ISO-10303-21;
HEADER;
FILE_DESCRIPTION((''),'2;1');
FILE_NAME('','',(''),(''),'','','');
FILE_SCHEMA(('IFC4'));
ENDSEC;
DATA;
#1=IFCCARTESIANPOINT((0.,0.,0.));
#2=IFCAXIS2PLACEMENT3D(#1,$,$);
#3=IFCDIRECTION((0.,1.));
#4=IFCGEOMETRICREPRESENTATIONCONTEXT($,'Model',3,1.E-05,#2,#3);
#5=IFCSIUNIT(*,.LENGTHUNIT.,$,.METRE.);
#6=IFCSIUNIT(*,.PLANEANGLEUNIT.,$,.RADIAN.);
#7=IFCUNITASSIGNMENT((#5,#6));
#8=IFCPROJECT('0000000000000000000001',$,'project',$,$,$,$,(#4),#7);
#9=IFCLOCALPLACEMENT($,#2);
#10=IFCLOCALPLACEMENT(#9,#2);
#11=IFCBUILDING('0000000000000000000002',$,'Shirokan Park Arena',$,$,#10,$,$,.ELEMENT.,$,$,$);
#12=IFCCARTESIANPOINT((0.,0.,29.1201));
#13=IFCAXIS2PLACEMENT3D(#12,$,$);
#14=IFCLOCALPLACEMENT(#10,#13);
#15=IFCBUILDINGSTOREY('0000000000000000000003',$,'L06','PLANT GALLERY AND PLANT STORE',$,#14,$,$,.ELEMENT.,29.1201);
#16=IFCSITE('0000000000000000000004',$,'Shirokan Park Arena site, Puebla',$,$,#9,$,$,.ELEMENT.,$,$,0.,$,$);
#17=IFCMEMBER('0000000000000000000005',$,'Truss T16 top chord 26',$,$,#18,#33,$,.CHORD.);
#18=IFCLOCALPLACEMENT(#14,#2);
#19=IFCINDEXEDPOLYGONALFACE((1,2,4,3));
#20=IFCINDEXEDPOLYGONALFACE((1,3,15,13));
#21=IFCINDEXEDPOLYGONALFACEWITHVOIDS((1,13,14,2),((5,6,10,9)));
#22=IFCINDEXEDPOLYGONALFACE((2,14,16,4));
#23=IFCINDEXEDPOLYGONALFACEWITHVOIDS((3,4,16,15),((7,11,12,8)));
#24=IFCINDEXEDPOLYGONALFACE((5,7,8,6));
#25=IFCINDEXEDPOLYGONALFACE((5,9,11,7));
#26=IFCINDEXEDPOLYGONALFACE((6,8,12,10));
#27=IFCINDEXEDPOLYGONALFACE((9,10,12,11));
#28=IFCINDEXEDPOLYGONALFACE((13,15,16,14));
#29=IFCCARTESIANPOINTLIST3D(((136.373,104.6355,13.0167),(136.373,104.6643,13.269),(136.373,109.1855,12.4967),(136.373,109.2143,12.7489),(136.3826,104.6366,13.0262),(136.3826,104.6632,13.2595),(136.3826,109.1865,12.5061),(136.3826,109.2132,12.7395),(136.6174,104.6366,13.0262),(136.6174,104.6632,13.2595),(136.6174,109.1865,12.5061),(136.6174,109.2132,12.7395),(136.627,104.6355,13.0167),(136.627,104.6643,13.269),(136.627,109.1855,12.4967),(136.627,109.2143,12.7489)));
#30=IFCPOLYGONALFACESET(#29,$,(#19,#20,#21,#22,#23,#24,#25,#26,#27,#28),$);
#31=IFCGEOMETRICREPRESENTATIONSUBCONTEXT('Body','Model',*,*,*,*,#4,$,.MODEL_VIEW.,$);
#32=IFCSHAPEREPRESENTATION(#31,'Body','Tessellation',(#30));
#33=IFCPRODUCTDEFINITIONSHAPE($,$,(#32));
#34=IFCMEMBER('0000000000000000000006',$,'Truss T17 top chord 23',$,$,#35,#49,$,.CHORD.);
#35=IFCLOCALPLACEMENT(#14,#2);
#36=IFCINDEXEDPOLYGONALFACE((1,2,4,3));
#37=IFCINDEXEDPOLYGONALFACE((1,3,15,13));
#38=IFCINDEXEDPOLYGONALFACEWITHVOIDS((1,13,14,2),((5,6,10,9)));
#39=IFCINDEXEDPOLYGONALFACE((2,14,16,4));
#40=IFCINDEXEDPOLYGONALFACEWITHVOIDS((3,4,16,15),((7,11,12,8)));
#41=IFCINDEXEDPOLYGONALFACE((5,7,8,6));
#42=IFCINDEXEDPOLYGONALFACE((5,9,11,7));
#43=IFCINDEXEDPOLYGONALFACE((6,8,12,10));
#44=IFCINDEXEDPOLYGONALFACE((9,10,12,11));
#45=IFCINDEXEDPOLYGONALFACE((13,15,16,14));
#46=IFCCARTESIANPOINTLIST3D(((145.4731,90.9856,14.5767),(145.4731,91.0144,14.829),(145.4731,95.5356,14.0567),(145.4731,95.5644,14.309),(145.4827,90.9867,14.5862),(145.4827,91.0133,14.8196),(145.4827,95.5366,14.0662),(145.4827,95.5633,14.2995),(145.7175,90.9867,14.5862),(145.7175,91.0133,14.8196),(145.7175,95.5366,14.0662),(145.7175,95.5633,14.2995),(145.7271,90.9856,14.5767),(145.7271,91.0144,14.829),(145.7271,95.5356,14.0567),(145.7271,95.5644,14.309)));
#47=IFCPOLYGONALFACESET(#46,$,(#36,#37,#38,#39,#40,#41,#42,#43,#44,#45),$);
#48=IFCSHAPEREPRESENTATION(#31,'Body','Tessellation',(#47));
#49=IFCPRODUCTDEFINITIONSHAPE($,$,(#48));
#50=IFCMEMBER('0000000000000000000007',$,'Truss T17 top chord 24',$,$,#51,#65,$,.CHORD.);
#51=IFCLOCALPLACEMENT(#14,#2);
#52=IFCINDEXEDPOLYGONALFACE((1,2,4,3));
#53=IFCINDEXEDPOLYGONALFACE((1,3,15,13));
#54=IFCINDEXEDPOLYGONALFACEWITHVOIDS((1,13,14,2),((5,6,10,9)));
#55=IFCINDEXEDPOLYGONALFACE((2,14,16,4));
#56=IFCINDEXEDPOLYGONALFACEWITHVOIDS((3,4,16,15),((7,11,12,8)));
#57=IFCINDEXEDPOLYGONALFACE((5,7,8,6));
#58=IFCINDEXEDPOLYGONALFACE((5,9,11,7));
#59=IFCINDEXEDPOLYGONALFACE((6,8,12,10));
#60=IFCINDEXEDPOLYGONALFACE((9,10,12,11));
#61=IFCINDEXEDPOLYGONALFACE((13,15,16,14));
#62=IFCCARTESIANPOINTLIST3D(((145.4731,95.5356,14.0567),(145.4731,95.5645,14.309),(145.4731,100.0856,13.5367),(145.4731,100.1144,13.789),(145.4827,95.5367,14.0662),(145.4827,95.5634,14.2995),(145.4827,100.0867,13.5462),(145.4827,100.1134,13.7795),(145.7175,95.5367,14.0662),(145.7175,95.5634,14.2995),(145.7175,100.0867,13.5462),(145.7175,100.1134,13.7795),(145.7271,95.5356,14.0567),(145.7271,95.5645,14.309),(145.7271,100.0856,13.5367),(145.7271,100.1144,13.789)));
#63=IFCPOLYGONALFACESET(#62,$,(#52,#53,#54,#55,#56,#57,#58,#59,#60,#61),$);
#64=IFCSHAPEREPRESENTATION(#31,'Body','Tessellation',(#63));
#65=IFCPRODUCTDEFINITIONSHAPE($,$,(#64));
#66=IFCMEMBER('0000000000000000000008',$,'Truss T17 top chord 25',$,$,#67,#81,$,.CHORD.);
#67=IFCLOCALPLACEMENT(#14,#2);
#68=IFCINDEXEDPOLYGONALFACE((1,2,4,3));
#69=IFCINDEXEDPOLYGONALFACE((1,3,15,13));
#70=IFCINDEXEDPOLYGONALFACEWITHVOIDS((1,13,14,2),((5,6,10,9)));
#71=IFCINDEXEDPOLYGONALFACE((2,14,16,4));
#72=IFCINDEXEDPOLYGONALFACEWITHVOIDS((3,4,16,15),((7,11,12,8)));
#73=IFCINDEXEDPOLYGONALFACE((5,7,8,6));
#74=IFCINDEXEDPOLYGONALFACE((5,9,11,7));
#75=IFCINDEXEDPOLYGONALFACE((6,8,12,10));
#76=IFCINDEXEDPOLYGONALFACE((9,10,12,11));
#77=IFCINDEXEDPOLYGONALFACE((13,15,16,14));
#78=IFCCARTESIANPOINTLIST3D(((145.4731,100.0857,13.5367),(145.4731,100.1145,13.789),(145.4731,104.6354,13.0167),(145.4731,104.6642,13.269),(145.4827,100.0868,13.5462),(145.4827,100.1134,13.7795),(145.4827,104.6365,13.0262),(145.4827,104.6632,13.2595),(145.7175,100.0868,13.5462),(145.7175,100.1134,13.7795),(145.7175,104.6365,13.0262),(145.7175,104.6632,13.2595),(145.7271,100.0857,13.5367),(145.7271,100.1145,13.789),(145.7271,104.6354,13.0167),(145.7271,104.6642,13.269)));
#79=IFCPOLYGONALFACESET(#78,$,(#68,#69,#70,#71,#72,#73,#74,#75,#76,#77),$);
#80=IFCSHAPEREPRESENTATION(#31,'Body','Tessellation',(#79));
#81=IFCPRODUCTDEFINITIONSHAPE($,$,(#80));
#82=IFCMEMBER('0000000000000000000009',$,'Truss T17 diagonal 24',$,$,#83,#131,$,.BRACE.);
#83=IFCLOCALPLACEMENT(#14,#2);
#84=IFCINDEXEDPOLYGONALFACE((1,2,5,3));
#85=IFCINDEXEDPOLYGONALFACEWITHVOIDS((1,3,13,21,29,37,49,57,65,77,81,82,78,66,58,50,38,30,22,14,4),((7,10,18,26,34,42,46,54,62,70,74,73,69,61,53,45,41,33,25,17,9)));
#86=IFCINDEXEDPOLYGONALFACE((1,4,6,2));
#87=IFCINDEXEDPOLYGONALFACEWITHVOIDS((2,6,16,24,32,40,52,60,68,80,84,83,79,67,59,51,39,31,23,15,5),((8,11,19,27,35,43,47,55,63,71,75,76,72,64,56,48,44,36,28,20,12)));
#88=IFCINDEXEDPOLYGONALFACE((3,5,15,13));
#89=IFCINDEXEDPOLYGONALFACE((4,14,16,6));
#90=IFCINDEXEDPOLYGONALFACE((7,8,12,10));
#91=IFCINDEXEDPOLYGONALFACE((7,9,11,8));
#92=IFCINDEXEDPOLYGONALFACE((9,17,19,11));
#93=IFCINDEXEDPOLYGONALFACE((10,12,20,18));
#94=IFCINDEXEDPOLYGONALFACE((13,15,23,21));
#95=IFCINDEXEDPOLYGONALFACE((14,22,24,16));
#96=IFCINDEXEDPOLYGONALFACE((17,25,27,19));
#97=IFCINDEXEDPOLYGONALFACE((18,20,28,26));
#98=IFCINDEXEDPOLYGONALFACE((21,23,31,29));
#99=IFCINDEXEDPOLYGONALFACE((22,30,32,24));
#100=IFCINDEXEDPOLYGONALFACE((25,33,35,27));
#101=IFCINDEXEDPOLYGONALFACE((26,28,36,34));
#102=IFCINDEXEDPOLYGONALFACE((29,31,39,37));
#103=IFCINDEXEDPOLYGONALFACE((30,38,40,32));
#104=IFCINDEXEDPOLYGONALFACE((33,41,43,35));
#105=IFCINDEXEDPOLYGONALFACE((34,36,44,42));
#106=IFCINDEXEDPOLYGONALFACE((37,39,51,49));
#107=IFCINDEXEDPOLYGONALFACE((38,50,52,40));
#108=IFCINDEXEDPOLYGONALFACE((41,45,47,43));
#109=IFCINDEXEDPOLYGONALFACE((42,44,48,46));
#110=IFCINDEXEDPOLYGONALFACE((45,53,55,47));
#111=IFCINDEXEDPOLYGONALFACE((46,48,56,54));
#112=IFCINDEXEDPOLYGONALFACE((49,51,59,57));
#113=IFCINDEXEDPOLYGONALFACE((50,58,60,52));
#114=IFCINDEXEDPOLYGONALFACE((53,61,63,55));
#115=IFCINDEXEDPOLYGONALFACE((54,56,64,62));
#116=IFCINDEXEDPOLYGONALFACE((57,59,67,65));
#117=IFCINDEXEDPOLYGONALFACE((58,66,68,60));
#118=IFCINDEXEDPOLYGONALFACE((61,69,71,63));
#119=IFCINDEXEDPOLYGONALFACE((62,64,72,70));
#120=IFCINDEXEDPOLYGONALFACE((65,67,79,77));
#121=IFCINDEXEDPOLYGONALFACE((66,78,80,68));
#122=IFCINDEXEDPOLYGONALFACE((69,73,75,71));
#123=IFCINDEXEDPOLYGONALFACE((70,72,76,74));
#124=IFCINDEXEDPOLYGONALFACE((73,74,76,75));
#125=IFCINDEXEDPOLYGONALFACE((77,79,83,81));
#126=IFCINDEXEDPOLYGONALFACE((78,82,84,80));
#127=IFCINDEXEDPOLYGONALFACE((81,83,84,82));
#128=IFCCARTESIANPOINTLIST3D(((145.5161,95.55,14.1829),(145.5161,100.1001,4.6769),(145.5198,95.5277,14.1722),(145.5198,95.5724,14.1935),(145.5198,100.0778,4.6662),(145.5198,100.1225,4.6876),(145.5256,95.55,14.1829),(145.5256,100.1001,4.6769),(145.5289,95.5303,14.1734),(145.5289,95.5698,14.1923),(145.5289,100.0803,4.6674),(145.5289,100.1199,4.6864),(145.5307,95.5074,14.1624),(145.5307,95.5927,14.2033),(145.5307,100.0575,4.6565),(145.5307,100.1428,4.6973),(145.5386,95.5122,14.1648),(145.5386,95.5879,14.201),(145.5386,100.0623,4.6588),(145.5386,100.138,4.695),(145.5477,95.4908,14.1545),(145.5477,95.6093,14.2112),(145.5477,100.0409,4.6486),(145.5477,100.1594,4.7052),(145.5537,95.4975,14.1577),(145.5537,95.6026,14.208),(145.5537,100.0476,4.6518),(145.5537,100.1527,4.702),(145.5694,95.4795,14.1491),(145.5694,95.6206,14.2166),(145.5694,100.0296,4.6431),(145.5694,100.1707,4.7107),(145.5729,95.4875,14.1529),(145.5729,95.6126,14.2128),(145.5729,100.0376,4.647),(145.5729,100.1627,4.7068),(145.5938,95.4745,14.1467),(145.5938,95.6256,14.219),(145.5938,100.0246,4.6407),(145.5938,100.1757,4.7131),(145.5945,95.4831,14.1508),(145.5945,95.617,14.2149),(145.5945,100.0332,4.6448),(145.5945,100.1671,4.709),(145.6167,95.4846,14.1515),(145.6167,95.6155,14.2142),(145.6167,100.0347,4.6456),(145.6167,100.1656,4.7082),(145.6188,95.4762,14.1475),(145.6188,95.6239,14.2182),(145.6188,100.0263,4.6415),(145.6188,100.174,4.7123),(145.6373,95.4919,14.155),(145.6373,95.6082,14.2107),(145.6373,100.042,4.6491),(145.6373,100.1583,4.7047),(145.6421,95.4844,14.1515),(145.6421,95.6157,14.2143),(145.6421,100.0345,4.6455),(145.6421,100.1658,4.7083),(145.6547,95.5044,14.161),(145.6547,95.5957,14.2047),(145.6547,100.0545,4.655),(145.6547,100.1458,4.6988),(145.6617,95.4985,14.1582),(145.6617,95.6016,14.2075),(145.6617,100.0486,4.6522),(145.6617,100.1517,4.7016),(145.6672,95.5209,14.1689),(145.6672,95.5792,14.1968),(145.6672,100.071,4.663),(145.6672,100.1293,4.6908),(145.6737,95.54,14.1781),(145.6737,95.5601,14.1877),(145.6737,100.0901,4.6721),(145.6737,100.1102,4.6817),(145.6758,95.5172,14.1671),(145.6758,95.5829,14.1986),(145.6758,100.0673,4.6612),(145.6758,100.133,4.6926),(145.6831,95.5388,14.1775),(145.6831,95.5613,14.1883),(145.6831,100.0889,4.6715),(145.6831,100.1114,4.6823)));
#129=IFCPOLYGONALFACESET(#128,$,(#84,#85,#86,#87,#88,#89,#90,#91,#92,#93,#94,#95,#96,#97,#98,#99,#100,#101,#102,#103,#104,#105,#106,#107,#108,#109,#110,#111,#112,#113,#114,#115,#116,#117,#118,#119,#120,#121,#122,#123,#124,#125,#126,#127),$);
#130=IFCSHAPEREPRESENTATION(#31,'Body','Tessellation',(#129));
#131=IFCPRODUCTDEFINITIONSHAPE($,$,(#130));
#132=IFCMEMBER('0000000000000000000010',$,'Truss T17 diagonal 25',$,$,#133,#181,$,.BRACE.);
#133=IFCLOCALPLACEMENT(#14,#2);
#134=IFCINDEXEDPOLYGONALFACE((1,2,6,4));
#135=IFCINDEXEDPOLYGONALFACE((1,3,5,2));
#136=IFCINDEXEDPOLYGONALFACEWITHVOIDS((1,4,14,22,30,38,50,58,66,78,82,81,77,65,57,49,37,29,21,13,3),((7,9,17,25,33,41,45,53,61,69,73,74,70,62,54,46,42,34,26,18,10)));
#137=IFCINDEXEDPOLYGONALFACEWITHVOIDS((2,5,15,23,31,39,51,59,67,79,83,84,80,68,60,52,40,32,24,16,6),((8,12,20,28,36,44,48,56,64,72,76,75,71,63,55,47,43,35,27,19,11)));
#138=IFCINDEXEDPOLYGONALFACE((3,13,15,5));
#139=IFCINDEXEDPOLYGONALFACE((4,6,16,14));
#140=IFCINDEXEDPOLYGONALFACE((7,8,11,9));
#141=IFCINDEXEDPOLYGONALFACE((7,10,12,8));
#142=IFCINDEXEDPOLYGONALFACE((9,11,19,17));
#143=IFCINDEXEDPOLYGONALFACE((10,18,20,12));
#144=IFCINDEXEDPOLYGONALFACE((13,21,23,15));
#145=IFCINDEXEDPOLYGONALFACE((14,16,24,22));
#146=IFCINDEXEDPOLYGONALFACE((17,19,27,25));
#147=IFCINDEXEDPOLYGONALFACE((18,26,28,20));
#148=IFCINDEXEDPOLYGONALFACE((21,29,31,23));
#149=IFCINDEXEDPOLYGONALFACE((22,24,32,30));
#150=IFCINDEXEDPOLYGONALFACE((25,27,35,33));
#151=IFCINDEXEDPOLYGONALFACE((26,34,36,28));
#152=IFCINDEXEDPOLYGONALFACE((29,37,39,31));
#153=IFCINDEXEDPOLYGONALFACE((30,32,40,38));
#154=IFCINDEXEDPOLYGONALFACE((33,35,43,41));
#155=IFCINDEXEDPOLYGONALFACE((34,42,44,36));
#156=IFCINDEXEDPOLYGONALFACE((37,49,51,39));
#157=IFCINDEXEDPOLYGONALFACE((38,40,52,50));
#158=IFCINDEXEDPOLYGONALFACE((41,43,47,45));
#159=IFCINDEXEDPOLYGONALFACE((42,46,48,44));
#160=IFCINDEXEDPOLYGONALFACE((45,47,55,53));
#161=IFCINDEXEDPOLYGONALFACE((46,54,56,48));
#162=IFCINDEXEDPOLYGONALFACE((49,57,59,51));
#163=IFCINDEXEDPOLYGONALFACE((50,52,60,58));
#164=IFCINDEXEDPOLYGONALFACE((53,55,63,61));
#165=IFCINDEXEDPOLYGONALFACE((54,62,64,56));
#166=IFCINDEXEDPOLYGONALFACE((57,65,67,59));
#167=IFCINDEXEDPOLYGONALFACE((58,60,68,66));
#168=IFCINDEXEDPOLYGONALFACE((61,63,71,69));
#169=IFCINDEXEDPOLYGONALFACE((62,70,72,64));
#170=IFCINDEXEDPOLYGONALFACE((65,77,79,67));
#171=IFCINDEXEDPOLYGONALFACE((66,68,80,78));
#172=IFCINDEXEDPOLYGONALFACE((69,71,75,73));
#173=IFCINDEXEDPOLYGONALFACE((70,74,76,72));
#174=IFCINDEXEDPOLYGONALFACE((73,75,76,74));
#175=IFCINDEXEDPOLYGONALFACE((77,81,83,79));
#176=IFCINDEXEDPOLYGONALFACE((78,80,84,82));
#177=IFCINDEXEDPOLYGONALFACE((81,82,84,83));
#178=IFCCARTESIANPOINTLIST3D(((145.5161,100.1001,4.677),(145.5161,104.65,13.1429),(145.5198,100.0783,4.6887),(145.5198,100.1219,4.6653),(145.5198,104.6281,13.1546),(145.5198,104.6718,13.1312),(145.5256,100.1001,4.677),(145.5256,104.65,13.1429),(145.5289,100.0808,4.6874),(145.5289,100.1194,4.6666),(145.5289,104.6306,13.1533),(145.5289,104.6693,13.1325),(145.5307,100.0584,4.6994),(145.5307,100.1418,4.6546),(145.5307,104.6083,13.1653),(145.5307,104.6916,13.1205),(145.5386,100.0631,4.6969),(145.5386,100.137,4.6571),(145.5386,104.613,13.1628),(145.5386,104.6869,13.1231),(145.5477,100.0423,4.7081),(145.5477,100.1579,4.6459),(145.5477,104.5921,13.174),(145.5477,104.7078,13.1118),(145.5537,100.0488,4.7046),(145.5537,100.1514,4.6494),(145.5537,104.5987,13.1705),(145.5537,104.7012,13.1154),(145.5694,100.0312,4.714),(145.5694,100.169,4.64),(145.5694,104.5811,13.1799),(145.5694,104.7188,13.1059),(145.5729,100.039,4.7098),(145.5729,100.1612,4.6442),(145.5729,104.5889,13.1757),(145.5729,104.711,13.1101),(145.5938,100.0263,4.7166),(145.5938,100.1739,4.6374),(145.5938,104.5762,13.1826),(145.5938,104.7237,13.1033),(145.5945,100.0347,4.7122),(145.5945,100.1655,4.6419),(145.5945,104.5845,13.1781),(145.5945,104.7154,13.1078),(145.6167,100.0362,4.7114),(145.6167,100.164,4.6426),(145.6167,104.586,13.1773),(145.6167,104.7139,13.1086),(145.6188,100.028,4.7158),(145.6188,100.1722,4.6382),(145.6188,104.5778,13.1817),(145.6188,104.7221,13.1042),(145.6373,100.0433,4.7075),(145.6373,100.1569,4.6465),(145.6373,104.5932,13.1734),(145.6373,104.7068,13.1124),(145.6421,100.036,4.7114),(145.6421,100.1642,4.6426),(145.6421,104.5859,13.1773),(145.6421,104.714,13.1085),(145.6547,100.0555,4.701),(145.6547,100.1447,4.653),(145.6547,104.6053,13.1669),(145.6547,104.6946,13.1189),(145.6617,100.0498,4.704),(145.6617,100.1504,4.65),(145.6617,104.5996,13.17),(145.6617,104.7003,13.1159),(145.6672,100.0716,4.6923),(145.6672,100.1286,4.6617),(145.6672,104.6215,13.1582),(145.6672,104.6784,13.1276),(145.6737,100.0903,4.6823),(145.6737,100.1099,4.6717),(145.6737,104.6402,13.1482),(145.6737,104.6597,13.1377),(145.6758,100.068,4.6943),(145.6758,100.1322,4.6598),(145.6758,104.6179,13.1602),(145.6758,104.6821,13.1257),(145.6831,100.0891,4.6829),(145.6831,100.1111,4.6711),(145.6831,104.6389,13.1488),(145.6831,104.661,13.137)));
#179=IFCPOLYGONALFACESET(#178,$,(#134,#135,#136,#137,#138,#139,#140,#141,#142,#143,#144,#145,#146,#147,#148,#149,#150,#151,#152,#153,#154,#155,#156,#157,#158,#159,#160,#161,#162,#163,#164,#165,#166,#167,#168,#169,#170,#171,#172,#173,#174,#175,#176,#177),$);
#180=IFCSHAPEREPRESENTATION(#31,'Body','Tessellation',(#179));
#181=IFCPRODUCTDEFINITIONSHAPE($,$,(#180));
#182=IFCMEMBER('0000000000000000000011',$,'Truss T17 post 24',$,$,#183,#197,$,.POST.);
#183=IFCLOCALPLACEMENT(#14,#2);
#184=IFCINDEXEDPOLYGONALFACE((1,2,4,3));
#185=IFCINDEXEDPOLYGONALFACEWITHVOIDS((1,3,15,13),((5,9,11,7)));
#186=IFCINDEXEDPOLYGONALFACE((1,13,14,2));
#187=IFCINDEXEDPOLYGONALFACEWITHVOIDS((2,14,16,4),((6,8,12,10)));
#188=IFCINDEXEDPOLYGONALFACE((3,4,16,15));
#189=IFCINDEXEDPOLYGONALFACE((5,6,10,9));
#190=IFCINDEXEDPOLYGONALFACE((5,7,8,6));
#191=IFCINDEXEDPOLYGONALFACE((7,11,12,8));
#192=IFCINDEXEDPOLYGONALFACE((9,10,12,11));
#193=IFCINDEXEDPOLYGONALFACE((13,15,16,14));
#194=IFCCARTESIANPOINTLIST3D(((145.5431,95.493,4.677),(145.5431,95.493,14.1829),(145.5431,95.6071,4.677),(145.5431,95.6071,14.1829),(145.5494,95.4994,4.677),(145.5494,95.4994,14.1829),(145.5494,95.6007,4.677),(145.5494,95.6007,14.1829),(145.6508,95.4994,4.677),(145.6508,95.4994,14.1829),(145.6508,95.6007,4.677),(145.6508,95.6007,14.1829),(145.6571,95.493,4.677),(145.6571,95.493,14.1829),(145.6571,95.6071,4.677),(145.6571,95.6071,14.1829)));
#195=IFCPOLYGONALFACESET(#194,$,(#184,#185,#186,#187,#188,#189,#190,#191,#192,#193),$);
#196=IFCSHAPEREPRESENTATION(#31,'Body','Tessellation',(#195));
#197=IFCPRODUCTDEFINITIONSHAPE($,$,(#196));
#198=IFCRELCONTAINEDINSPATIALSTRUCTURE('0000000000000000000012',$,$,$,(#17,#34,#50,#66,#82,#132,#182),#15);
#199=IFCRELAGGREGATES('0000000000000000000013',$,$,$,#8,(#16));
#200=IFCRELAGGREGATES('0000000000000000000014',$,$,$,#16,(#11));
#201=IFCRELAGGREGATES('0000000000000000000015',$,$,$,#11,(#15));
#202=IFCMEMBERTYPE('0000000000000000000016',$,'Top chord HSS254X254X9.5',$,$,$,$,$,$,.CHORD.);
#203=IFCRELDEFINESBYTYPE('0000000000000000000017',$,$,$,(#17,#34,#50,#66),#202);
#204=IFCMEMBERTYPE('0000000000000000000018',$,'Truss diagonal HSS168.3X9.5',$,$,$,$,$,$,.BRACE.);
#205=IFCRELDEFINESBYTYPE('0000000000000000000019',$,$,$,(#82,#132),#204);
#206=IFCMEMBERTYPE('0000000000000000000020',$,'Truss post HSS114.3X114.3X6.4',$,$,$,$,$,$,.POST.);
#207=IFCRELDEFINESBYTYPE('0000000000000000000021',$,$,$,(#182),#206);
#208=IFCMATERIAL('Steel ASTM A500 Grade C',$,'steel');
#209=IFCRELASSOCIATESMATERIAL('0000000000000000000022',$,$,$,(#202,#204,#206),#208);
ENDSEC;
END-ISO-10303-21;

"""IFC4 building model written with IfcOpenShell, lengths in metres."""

from ifc_helpers import new_model, si_unit, direction, frame, origin, origin_2d, place, context, subcontext, project, spatial, hollow_rectangle, hollow_circle, extrude, material, material_profile, profile_set, type_object, element, save


model = new_model("IFC4")

# Units and contexts
model_context = context("Model", 3, precision=1e-05, world=origin(), true_north=direction((0.0, 1.0)))
body_context = subcontext(model_context, "Body", "Model", "MODEL_VIEW")
ifc_project = project(units=[si_unit("LENGTHUNIT", "METRE"), si_unit("PLANEANGLEUNIT", "RADIAN")], contexts=[model_context])

# Site, building, storey
site_placement = place(None, origin())
site = spatial("IfcSite", under=ifc_project, at=site_placement, Name="Shirokan Park Arena site, Puebla", CompositionType="ELEMENT", RefElevation=0.0)
building_placement = place(site_placement, origin())
building = spatial("IfcBuilding", under=site, at=building_placement, Name="Shirokan Park Arena", CompositionType="ELEMENT")
storey_placement = place(building_placement, frame((0.0, 0.0, 29.1201)))
storey = spatial("IfcBuildingStorey", under=building, at=storey_placement, Name="L06", Description="PLANT GALLERY AND PLANT STORE", CompositionType="ELEMENT", Elevation=29.1201)

# Members
ifc_material_1 = material(Name="Steel ASTM A500 Grade C", Category="steel")
ifc_material_profile_1 = material_profile(ifc_material_1, hollow_rectangle(XDim=0.2539, YDim=0.2539, WallThickness=0.0095, at=origin_2d()), Name="HSS254X254X9.5")
ifc_profile_set_1 = profile_set([ifc_material_profile_1], Name="Steel ASTM A500 Grade C")
member_type_1 = type_object("IfcMemberType", Name="Top chord HSS254X254X9.5", PredefinedType="CHORD", material=ifc_profile_set_1)
for number, where, z_axis, x_axis, name in (
    (1, (136.5, 104.6499, 13.1428), (0.0, 0.993532, -0.11355), (-1.0, 0.0, 0.0), "Truss T16 top chord 26"),
    (2, (145.6001, 91.0, 14.7029), (0.0, 0.993532, -0.11355), (-1.0, 0.0, 0.0), "Truss T17 top chord 23"),
    (3, (145.6001, 95.55, 14.1829), (0.0, 0.993532, -0.11355), (-1.0, 0.0, 0.0), "Truss T17 top chord 24"),
):
    element("IfcMember", number, at=place(storey_placement, frame(where, z_axis=z_axis, x_axis=x_axis)), inside=storey, type_object=member_type_1, Name=name, PredefinedType="CHORD", context=body_context, shape_type="SweptSolid", body=[
        extrude(hollow_rectangle(XDim=0.2539, YDim=0.2539, WallThickness=0.0095, at=origin_2d()), origin(), (0.0, 0.0, 1.0), 4.5796),
    ])
member_1_placement = place(storey_placement, frame((145.6001, 100.1001, 13.6628), z_axis=(0.0, 0.993532, -0.113556), x_axis=(-1.0, 0.0, 0.0)))
element("IfcMember", 4, at=member_1_placement, inside=storey, type_object=member_type_1, Name="Truss T17 top chord 25", PredefinedType="CHORD", context=body_context, shape_type="SweptSolid", body=[
    extrude(hollow_rectangle(XDim=0.2539, YDim=0.2539, WallThickness=0.0095, at=origin_2d()), origin(), (0.0, 0.0, 1.0), 4.5793),
])
ifc_material_profile_2 = material_profile(ifc_material_1, hollow_circle(Radius=0.084, WallThickness=0.0095, at=origin_2d()), Name="HSS168.3X9.5")
ifc_profile_set_2 = profile_set([ifc_material_profile_2], Name="Steel ASTM A500 Grade C")
member_type_2 = type_object("IfcMemberType", Name="Truss diagonal HSS168.3X9.5", PredefinedType="BRACE", material=ifc_profile_set_2)
member_2_placement = place(storey_placement, frame((145.6001, 95.55, 14.1829), z_axis=(0.0, 0.431746, -0.901995), x_axis=(-1.0, 0.0, 0.0)))
element("IfcMember", 5, at=member_2_placement, inside=storey, type_object=member_type_2, Name="Truss T17 diagonal 24", PredefinedType="BRACE", context=body_context, shape_type="SweptSolid", body=[
    extrude(hollow_circle(Radius=0.084, WallThickness=0.0095, at=origin_2d()), origin(), (0.0, 0.0, 1.0), 10.5388),
])
member_3_placement = place(storey_placement, frame((145.6001, 100.1001, 4.677), z_axis=(0.0, 0.473397, 0.880849), x_axis=(-1.0, 0.0, 0.0)))
element("IfcMember", 6, at=member_3_placement, inside=storey, type_object=member_type_2, Name="Truss T17 diagonal 25", PredefinedType="BRACE", context=body_context, shape_type="SweptSolid", body=[
    extrude(hollow_circle(Radius=0.084, WallThickness=0.0095, at=origin_2d()), origin(), (0.0, 0.0, 1.0), 9.6111),
])
ifc_material_profile_3 = material_profile(ifc_material_1, hollow_rectangle(XDim=0.114, YDim=0.114, WallThickness=0.0063, at=origin_2d()), Name="HSS114.3X114.3X6.4")
ifc_profile_set_3 = profile_set([ifc_material_profile_3], Name="Steel ASTM A500 Grade C")
member_type_3 = type_object("IfcMemberType", Name="Truss post HSS114.3X114.3X6.4", PredefinedType="POST", material=ifc_profile_set_3)
member_4_placement = place(storey_placement, frame((145.6001, 95.55, 4.677), z_axis=(0.0, 0.0, 1.0), x_axis=(1.0, 0.0, 0.0)))
element("IfcMember", 7, at=member_4_placement, inside=storey, type_object=member_type_3, Name="Truss T17 post 24", PredefinedType="POST", context=body_context, shape_type="SweptSolid", body=[
    extrude(hollow_rectangle(XDim=0.114, YDim=0.114, WallThickness=0.0063, at=origin_2d()), origin(), (0.0, 0.0, 1.0), 9.5059),
])

save(model, "model.ifc")
